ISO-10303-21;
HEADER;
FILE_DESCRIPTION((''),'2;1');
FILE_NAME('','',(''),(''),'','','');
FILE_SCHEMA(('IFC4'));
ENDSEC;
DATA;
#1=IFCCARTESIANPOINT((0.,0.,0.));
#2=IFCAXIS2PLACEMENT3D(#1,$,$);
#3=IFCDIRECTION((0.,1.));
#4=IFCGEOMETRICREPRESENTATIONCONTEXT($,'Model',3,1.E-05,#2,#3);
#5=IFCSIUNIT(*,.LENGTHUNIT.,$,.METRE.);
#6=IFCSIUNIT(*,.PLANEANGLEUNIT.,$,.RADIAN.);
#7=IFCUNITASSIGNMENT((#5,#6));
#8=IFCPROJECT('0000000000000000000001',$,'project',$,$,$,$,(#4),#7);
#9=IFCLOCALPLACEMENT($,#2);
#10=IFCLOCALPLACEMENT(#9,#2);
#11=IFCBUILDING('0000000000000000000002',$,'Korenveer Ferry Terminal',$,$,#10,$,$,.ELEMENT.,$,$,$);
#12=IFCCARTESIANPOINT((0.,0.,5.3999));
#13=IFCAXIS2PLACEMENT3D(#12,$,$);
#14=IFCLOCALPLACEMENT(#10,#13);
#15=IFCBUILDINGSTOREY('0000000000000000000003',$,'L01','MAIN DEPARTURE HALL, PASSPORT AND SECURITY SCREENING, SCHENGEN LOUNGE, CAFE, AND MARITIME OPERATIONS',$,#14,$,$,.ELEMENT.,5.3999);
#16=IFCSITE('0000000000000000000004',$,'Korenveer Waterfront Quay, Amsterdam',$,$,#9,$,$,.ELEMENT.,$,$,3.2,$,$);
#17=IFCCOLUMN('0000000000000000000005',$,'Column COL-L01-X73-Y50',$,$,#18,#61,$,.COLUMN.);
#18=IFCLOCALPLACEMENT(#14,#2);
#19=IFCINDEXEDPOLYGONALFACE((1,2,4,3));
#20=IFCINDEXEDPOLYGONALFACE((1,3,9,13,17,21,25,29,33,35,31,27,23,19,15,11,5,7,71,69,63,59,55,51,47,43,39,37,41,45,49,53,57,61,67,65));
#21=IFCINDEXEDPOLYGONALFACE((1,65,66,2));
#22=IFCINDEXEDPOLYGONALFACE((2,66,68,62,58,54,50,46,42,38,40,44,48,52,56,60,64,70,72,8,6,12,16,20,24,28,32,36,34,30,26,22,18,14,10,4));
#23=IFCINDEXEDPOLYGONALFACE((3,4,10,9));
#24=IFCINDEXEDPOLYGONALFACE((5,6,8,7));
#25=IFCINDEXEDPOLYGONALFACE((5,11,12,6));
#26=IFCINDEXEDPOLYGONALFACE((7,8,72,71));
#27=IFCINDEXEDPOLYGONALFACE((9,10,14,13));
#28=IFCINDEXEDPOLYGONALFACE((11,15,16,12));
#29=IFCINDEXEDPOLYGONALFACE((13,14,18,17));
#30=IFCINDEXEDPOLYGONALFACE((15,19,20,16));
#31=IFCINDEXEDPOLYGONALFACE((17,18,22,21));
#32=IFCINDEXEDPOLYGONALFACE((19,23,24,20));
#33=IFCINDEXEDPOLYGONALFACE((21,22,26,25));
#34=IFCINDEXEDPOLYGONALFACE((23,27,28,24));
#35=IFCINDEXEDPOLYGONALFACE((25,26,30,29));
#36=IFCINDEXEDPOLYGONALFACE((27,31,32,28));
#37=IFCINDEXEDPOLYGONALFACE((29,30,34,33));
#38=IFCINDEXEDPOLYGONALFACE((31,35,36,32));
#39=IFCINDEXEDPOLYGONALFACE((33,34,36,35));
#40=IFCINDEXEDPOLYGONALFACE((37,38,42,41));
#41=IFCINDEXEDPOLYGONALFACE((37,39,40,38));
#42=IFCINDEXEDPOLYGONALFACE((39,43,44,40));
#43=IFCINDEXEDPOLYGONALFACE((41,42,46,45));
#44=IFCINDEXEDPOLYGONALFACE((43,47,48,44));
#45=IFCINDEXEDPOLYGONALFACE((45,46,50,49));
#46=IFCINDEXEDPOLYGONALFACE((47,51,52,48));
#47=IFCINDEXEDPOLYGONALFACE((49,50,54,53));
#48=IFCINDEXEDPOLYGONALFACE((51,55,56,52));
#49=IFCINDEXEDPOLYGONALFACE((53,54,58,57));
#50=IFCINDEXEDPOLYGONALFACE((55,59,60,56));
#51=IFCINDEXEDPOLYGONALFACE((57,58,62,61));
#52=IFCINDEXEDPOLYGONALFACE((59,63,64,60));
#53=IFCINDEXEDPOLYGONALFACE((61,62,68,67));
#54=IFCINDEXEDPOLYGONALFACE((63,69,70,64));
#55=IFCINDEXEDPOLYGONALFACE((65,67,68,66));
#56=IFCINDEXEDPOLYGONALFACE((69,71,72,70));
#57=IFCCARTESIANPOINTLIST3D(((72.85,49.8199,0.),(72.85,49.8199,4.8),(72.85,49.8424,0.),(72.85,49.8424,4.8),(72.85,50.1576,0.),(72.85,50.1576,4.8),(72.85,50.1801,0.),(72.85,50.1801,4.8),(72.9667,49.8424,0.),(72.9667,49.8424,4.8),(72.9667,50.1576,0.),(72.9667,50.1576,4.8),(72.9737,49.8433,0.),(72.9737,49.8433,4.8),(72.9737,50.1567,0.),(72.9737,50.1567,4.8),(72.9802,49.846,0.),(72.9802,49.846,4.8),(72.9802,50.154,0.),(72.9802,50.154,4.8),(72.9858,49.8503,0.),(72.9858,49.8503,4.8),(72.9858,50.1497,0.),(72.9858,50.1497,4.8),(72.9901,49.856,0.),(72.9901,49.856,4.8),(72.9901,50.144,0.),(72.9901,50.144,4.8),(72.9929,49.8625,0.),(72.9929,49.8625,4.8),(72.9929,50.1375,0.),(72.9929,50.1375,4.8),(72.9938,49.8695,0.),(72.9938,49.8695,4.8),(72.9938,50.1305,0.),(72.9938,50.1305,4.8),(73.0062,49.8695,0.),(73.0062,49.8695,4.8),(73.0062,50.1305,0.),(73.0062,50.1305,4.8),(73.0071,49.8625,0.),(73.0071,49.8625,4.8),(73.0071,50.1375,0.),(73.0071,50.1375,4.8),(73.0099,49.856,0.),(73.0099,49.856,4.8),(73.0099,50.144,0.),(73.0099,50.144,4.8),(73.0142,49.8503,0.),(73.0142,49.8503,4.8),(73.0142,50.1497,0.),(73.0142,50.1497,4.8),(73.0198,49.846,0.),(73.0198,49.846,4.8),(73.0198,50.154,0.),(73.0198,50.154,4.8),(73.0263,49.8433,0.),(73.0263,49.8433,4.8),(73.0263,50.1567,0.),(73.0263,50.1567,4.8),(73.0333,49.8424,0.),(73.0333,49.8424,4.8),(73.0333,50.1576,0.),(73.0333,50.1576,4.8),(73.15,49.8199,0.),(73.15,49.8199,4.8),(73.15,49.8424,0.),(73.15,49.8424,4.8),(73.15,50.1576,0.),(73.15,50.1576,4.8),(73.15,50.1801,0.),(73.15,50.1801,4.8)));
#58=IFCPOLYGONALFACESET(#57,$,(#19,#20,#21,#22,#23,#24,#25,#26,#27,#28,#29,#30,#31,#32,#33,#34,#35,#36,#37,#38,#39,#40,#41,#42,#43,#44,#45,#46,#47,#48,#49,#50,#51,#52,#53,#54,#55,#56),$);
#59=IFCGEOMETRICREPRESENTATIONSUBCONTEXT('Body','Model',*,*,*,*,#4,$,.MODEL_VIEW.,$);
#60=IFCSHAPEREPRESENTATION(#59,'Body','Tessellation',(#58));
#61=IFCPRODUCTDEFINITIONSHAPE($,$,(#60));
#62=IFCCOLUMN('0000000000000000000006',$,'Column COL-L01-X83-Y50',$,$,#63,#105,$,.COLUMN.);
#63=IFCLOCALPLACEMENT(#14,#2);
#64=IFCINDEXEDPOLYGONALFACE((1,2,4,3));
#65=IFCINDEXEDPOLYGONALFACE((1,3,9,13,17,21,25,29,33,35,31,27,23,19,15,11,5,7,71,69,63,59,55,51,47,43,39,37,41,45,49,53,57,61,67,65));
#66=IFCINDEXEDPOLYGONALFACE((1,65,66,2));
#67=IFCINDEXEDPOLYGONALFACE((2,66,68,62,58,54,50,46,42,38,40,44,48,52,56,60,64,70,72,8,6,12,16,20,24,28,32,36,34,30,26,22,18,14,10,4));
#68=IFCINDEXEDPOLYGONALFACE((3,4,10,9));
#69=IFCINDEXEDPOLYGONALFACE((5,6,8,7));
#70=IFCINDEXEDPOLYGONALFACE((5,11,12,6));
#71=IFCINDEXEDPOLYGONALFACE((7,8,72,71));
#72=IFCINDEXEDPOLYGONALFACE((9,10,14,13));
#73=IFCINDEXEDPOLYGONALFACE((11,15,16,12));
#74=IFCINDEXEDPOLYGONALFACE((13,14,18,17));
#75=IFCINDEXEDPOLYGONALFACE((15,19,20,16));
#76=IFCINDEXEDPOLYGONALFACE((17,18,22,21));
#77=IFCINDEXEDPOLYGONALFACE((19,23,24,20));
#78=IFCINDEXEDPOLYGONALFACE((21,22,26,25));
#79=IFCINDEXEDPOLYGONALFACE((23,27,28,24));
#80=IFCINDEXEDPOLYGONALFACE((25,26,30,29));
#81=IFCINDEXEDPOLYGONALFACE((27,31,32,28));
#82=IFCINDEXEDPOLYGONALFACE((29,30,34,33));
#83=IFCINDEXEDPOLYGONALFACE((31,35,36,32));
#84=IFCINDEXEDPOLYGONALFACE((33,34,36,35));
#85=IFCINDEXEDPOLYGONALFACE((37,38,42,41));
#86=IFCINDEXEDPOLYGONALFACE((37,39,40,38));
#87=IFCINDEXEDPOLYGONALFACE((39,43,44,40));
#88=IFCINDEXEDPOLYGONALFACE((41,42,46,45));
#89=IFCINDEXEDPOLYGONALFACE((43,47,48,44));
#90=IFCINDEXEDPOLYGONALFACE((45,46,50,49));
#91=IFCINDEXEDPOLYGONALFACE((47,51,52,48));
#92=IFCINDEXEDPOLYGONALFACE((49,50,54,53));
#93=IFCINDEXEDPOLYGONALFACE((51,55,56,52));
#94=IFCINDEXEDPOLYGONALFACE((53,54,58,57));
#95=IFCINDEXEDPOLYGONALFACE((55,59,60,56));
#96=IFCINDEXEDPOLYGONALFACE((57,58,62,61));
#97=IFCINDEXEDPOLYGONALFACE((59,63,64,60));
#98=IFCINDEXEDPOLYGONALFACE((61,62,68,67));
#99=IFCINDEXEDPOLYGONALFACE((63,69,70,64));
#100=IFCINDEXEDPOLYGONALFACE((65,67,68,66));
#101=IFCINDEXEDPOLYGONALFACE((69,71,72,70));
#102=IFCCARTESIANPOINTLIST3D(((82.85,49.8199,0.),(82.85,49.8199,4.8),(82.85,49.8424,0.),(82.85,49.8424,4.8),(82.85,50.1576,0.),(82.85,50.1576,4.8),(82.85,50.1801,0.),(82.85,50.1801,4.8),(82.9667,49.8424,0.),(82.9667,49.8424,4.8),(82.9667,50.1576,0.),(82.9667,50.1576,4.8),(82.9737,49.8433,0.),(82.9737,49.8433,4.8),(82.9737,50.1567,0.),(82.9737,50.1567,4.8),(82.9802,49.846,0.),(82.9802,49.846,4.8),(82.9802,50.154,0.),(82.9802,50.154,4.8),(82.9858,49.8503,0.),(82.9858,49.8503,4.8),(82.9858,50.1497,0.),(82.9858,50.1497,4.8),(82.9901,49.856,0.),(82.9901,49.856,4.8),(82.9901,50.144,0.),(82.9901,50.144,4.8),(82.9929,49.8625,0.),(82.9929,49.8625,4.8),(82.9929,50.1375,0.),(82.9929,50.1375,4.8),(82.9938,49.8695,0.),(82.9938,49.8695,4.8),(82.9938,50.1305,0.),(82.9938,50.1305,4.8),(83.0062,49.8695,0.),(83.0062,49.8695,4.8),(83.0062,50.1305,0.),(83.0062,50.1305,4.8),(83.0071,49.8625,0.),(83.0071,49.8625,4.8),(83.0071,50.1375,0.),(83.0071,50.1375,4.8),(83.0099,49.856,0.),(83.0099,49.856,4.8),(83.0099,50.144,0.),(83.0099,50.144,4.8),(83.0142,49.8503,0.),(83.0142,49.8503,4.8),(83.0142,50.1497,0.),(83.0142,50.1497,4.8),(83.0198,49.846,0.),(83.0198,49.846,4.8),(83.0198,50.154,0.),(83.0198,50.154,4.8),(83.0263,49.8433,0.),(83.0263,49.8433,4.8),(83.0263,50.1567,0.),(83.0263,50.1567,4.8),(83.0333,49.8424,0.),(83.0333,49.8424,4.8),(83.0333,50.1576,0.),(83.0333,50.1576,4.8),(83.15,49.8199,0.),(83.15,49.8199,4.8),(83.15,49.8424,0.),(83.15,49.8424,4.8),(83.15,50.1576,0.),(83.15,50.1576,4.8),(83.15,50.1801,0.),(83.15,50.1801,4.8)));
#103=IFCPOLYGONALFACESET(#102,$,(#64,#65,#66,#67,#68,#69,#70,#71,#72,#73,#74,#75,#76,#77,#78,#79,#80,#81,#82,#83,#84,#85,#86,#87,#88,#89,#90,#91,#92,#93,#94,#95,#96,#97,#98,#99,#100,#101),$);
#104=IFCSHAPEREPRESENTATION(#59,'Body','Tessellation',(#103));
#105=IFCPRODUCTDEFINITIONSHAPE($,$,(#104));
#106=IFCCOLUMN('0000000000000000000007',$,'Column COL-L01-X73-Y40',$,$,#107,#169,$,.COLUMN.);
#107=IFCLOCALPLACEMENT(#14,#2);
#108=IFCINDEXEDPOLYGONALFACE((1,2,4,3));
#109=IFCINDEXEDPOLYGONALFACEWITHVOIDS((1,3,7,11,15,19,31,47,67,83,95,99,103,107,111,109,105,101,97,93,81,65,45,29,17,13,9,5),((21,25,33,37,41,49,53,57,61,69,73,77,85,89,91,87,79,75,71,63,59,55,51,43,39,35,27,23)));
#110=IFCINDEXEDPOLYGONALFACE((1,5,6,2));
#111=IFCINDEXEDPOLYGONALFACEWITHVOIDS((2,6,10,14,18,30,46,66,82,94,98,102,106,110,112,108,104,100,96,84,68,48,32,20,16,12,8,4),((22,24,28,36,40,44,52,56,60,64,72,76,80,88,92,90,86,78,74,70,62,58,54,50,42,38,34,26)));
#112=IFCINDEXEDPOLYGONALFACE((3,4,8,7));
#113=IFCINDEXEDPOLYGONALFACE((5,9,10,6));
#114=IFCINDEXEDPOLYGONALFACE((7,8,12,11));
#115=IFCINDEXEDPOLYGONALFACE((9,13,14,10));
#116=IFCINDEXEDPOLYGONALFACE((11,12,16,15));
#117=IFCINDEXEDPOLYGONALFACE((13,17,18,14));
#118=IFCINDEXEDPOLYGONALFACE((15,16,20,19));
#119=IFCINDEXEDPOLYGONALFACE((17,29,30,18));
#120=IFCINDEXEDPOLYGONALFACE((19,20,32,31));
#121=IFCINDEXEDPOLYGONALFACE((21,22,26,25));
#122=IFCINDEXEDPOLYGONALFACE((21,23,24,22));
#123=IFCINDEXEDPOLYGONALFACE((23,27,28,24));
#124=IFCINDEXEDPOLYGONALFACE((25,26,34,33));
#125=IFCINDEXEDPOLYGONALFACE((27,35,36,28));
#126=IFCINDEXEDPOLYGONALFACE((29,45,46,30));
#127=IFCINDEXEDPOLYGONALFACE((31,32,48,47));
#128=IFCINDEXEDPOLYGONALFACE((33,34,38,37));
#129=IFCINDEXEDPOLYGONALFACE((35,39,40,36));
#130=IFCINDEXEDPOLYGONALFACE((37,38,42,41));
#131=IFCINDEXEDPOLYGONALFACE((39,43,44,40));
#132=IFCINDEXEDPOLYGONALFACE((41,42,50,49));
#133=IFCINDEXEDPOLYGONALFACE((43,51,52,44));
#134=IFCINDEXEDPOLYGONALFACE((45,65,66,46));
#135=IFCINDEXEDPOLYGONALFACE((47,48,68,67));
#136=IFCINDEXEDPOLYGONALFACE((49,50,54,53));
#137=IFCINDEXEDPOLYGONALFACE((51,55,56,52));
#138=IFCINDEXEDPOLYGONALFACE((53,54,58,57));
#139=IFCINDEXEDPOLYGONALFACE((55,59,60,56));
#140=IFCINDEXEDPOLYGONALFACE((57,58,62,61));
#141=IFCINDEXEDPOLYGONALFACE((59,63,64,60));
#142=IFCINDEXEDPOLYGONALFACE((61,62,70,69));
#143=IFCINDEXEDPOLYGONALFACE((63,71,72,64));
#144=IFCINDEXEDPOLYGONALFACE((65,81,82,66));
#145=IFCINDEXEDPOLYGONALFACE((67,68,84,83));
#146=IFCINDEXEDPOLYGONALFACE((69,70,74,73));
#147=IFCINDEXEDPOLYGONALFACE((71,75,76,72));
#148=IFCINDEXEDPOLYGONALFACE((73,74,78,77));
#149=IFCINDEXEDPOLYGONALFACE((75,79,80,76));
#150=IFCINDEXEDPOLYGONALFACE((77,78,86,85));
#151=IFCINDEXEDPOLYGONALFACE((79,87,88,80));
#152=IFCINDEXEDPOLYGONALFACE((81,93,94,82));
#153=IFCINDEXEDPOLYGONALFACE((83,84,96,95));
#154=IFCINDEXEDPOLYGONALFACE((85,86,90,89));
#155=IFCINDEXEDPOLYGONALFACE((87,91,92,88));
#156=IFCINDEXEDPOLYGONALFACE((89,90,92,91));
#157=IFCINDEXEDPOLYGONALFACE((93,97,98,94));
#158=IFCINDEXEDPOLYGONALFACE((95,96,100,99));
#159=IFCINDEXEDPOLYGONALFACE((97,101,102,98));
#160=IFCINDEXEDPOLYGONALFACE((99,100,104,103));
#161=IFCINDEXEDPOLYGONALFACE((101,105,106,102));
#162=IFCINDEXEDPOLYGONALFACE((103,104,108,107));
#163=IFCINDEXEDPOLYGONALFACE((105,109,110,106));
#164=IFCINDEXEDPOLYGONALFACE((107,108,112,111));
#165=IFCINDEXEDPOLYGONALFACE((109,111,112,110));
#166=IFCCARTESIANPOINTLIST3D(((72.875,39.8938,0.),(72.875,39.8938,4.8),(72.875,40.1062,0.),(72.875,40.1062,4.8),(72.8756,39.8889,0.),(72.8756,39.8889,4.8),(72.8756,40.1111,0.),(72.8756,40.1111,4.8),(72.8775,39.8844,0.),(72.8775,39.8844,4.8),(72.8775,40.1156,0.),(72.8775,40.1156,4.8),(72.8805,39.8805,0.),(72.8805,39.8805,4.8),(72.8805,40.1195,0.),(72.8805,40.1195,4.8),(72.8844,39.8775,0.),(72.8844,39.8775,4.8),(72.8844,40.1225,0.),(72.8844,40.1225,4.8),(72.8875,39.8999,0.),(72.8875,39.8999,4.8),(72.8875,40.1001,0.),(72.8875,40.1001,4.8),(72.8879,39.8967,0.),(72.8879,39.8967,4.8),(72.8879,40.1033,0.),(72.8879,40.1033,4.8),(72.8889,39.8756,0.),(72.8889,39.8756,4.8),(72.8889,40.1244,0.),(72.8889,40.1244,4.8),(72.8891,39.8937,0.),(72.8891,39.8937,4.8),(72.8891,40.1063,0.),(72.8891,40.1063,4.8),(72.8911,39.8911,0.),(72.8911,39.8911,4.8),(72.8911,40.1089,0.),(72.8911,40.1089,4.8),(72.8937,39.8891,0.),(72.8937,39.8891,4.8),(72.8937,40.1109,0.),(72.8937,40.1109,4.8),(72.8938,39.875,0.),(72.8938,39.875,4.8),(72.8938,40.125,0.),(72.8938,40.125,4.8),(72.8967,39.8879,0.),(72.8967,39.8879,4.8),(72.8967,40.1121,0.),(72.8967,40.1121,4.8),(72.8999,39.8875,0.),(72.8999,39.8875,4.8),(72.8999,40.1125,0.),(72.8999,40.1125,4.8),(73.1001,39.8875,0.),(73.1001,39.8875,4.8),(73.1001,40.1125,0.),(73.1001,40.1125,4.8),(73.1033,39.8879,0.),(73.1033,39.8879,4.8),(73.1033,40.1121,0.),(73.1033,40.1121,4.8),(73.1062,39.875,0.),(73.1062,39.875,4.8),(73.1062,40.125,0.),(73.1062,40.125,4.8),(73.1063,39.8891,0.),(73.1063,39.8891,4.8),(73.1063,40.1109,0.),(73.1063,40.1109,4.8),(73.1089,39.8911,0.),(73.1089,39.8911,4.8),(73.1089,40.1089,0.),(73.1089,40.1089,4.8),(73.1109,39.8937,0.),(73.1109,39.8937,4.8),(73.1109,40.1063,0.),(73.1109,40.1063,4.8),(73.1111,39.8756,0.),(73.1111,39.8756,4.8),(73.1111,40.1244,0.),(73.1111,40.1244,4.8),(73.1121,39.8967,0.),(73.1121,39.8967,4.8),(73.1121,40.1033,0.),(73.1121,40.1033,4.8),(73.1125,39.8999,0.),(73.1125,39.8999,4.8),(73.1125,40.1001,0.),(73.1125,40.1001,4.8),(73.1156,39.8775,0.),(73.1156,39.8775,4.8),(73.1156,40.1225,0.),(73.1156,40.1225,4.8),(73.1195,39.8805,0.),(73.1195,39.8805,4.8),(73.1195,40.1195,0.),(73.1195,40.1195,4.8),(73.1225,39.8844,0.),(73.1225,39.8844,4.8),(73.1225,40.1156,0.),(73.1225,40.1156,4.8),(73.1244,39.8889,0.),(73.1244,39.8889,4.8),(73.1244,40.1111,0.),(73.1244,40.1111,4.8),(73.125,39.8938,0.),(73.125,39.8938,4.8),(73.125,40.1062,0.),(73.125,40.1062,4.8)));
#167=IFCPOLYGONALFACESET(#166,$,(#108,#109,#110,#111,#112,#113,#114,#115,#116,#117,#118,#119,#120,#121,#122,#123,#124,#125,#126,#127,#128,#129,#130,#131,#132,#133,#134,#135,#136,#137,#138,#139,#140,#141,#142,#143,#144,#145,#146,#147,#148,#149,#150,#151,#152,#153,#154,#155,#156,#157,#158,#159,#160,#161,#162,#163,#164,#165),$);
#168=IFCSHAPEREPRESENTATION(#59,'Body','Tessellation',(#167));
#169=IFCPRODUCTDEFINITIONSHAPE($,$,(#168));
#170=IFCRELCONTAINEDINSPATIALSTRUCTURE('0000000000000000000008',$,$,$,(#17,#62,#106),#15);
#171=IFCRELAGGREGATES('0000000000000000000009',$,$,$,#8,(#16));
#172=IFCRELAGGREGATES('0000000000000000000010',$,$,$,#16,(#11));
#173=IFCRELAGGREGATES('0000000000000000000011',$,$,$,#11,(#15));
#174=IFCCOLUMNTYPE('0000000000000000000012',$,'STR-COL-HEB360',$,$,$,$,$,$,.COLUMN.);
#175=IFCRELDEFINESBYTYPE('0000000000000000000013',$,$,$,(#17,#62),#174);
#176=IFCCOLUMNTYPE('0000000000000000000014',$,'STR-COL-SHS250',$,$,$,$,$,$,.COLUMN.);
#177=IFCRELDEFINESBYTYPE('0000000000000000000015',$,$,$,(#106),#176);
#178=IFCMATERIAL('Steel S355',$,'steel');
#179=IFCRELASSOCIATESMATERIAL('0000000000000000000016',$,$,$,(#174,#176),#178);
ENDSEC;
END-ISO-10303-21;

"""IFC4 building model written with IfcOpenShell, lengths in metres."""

from ifc_helpers import new_model, si_unit, direction, frame, origin, origin_2d, place, context, subcontext, project, spatial, hollow_rectangle, i_section, extrude, material, material_profile, profile_set, type_object, element, save


model = new_model("IFC4")

# Units and contexts
model_context = context("Model", 3, precision=1e-05, world=origin(), true_north=direction((0.0, 1.0)))
body_context = subcontext(model_context, "Body", "Model", "MODEL_VIEW")
ifc_project = project(units=[si_unit("LENGTHUNIT", "METRE"), si_unit("PLANEANGLEUNIT", "RADIAN")], contexts=[model_context])

# Site, building, storey
site_placement = place(None, origin())
site = spatial("IfcSite", under=ifc_project, at=site_placement, Name="Korenveer Waterfront Quay, Amsterdam", CompositionType="ELEMENT", RefElevation=3.2)
building_placement = place(site_placement, origin())
building = spatial("IfcBuilding", under=site, at=building_placement, Name="Korenveer Ferry Terminal", CompositionType="ELEMENT")
storey_placement = place(building_placement, frame((0.0, 0.0, 5.3999)))
storey = spatial("IfcBuildingStorey", under=building, at=storey_placement, Name="L01", Description="MAIN DEPARTURE HALL, PASSPORT AND SECURITY SCREENING, SCHENGEN LOUNGE, CAFE, AND MARITIME OPERATIONS", CompositionType="ELEMENT", Elevation=5.3999)

# Columns
ifc_material = material(Name="Steel S355", Category="steel")
ifc_material_profile_1 = material_profile(ifc_material, i_section(OverallWidth=0.3, OverallDepth=0.3601, WebThickness=0.0125, FlangeThickness=0.0225, FilletRadius=0.0271, at=origin_2d()), Name="HEB 360")
ifc_profile_set_1 = profile_set([ifc_material_profile_1], Name="Steel S355")
column_type_1 = type_object("IfcColumnType", Name="STR-COL-HEB360", PredefinedType="COLUMN", material=ifc_profile_set_1)
for number, where, z_axis, x_axis, name in (
    (1, (73.0, 50.0, 0.0), (0.0, 0.0, 1.0), (1.0, 0.0, 0.0), "Column COL-L01-X73-Y50"),
    (2, (83.0, 50.0, 0.0), (0.0, 0.0, 1.0), (1.0, 0.0, 0.0), "Column COL-L01-X83-Y50"),
):
    element("IfcColumn", number, at=place(storey_placement, frame(where, z_axis=z_axis, x_axis=x_axis)), inside=storey, type_object=column_type_1, Name=name, PredefinedType="COLUMN", context=body_context, shape_type="SweptSolid", body=[
        extrude(i_section(OverallWidth=0.3, OverallDepth=0.3601, WebThickness=0.0125, FlangeThickness=0.0225, FilletRadius=0.0271, at=origin_2d()), origin(), (0.0, 0.0, 1.0), 4.8),
    ])
ifc_material_profile_2 = material_profile(ifc_material, hollow_rectangle(XDim=0.25, YDim=0.25, WallThickness=0.0125, InnerFilletRadius=0.0125, OuterFilletRadius=0.0188, at=origin_2d()), Name="SHS 250x250x12.5")
ifc_profile_set_2 = profile_set([ifc_material_profile_2], Name="Steel S355")
column_type_2 = type_object("IfcColumnType", Name="STR-COL-SHS250", PredefinedType="COLUMN", material=ifc_profile_set_2)
for number, where, z_axis, x_axis, name in (
    (3, (73.0, 40.0, 0.0), (0.0, 0.0, 1.0), (1.0, 0.0, 0.0), "Column COL-L01-X73-Y40"),
):
    element("IfcColumn", number, at=place(storey_placement, frame(where, z_axis=z_axis, x_axis=x_axis)), inside=storey, type_object=column_type_2, Name=name, PredefinedType="COLUMN", context=body_context, shape_type="SweptSolid", body=[
        extrude(hollow_rectangle(XDim=0.25, YDim=0.25, WallThickness=0.0125, InnerFilletRadius=0.0125, OuterFilletRadius=0.0188, at=origin_2d()), origin(), (0.0, 0.0, 1.0), 4.8),
    ])

save(model, "model.ifc")
